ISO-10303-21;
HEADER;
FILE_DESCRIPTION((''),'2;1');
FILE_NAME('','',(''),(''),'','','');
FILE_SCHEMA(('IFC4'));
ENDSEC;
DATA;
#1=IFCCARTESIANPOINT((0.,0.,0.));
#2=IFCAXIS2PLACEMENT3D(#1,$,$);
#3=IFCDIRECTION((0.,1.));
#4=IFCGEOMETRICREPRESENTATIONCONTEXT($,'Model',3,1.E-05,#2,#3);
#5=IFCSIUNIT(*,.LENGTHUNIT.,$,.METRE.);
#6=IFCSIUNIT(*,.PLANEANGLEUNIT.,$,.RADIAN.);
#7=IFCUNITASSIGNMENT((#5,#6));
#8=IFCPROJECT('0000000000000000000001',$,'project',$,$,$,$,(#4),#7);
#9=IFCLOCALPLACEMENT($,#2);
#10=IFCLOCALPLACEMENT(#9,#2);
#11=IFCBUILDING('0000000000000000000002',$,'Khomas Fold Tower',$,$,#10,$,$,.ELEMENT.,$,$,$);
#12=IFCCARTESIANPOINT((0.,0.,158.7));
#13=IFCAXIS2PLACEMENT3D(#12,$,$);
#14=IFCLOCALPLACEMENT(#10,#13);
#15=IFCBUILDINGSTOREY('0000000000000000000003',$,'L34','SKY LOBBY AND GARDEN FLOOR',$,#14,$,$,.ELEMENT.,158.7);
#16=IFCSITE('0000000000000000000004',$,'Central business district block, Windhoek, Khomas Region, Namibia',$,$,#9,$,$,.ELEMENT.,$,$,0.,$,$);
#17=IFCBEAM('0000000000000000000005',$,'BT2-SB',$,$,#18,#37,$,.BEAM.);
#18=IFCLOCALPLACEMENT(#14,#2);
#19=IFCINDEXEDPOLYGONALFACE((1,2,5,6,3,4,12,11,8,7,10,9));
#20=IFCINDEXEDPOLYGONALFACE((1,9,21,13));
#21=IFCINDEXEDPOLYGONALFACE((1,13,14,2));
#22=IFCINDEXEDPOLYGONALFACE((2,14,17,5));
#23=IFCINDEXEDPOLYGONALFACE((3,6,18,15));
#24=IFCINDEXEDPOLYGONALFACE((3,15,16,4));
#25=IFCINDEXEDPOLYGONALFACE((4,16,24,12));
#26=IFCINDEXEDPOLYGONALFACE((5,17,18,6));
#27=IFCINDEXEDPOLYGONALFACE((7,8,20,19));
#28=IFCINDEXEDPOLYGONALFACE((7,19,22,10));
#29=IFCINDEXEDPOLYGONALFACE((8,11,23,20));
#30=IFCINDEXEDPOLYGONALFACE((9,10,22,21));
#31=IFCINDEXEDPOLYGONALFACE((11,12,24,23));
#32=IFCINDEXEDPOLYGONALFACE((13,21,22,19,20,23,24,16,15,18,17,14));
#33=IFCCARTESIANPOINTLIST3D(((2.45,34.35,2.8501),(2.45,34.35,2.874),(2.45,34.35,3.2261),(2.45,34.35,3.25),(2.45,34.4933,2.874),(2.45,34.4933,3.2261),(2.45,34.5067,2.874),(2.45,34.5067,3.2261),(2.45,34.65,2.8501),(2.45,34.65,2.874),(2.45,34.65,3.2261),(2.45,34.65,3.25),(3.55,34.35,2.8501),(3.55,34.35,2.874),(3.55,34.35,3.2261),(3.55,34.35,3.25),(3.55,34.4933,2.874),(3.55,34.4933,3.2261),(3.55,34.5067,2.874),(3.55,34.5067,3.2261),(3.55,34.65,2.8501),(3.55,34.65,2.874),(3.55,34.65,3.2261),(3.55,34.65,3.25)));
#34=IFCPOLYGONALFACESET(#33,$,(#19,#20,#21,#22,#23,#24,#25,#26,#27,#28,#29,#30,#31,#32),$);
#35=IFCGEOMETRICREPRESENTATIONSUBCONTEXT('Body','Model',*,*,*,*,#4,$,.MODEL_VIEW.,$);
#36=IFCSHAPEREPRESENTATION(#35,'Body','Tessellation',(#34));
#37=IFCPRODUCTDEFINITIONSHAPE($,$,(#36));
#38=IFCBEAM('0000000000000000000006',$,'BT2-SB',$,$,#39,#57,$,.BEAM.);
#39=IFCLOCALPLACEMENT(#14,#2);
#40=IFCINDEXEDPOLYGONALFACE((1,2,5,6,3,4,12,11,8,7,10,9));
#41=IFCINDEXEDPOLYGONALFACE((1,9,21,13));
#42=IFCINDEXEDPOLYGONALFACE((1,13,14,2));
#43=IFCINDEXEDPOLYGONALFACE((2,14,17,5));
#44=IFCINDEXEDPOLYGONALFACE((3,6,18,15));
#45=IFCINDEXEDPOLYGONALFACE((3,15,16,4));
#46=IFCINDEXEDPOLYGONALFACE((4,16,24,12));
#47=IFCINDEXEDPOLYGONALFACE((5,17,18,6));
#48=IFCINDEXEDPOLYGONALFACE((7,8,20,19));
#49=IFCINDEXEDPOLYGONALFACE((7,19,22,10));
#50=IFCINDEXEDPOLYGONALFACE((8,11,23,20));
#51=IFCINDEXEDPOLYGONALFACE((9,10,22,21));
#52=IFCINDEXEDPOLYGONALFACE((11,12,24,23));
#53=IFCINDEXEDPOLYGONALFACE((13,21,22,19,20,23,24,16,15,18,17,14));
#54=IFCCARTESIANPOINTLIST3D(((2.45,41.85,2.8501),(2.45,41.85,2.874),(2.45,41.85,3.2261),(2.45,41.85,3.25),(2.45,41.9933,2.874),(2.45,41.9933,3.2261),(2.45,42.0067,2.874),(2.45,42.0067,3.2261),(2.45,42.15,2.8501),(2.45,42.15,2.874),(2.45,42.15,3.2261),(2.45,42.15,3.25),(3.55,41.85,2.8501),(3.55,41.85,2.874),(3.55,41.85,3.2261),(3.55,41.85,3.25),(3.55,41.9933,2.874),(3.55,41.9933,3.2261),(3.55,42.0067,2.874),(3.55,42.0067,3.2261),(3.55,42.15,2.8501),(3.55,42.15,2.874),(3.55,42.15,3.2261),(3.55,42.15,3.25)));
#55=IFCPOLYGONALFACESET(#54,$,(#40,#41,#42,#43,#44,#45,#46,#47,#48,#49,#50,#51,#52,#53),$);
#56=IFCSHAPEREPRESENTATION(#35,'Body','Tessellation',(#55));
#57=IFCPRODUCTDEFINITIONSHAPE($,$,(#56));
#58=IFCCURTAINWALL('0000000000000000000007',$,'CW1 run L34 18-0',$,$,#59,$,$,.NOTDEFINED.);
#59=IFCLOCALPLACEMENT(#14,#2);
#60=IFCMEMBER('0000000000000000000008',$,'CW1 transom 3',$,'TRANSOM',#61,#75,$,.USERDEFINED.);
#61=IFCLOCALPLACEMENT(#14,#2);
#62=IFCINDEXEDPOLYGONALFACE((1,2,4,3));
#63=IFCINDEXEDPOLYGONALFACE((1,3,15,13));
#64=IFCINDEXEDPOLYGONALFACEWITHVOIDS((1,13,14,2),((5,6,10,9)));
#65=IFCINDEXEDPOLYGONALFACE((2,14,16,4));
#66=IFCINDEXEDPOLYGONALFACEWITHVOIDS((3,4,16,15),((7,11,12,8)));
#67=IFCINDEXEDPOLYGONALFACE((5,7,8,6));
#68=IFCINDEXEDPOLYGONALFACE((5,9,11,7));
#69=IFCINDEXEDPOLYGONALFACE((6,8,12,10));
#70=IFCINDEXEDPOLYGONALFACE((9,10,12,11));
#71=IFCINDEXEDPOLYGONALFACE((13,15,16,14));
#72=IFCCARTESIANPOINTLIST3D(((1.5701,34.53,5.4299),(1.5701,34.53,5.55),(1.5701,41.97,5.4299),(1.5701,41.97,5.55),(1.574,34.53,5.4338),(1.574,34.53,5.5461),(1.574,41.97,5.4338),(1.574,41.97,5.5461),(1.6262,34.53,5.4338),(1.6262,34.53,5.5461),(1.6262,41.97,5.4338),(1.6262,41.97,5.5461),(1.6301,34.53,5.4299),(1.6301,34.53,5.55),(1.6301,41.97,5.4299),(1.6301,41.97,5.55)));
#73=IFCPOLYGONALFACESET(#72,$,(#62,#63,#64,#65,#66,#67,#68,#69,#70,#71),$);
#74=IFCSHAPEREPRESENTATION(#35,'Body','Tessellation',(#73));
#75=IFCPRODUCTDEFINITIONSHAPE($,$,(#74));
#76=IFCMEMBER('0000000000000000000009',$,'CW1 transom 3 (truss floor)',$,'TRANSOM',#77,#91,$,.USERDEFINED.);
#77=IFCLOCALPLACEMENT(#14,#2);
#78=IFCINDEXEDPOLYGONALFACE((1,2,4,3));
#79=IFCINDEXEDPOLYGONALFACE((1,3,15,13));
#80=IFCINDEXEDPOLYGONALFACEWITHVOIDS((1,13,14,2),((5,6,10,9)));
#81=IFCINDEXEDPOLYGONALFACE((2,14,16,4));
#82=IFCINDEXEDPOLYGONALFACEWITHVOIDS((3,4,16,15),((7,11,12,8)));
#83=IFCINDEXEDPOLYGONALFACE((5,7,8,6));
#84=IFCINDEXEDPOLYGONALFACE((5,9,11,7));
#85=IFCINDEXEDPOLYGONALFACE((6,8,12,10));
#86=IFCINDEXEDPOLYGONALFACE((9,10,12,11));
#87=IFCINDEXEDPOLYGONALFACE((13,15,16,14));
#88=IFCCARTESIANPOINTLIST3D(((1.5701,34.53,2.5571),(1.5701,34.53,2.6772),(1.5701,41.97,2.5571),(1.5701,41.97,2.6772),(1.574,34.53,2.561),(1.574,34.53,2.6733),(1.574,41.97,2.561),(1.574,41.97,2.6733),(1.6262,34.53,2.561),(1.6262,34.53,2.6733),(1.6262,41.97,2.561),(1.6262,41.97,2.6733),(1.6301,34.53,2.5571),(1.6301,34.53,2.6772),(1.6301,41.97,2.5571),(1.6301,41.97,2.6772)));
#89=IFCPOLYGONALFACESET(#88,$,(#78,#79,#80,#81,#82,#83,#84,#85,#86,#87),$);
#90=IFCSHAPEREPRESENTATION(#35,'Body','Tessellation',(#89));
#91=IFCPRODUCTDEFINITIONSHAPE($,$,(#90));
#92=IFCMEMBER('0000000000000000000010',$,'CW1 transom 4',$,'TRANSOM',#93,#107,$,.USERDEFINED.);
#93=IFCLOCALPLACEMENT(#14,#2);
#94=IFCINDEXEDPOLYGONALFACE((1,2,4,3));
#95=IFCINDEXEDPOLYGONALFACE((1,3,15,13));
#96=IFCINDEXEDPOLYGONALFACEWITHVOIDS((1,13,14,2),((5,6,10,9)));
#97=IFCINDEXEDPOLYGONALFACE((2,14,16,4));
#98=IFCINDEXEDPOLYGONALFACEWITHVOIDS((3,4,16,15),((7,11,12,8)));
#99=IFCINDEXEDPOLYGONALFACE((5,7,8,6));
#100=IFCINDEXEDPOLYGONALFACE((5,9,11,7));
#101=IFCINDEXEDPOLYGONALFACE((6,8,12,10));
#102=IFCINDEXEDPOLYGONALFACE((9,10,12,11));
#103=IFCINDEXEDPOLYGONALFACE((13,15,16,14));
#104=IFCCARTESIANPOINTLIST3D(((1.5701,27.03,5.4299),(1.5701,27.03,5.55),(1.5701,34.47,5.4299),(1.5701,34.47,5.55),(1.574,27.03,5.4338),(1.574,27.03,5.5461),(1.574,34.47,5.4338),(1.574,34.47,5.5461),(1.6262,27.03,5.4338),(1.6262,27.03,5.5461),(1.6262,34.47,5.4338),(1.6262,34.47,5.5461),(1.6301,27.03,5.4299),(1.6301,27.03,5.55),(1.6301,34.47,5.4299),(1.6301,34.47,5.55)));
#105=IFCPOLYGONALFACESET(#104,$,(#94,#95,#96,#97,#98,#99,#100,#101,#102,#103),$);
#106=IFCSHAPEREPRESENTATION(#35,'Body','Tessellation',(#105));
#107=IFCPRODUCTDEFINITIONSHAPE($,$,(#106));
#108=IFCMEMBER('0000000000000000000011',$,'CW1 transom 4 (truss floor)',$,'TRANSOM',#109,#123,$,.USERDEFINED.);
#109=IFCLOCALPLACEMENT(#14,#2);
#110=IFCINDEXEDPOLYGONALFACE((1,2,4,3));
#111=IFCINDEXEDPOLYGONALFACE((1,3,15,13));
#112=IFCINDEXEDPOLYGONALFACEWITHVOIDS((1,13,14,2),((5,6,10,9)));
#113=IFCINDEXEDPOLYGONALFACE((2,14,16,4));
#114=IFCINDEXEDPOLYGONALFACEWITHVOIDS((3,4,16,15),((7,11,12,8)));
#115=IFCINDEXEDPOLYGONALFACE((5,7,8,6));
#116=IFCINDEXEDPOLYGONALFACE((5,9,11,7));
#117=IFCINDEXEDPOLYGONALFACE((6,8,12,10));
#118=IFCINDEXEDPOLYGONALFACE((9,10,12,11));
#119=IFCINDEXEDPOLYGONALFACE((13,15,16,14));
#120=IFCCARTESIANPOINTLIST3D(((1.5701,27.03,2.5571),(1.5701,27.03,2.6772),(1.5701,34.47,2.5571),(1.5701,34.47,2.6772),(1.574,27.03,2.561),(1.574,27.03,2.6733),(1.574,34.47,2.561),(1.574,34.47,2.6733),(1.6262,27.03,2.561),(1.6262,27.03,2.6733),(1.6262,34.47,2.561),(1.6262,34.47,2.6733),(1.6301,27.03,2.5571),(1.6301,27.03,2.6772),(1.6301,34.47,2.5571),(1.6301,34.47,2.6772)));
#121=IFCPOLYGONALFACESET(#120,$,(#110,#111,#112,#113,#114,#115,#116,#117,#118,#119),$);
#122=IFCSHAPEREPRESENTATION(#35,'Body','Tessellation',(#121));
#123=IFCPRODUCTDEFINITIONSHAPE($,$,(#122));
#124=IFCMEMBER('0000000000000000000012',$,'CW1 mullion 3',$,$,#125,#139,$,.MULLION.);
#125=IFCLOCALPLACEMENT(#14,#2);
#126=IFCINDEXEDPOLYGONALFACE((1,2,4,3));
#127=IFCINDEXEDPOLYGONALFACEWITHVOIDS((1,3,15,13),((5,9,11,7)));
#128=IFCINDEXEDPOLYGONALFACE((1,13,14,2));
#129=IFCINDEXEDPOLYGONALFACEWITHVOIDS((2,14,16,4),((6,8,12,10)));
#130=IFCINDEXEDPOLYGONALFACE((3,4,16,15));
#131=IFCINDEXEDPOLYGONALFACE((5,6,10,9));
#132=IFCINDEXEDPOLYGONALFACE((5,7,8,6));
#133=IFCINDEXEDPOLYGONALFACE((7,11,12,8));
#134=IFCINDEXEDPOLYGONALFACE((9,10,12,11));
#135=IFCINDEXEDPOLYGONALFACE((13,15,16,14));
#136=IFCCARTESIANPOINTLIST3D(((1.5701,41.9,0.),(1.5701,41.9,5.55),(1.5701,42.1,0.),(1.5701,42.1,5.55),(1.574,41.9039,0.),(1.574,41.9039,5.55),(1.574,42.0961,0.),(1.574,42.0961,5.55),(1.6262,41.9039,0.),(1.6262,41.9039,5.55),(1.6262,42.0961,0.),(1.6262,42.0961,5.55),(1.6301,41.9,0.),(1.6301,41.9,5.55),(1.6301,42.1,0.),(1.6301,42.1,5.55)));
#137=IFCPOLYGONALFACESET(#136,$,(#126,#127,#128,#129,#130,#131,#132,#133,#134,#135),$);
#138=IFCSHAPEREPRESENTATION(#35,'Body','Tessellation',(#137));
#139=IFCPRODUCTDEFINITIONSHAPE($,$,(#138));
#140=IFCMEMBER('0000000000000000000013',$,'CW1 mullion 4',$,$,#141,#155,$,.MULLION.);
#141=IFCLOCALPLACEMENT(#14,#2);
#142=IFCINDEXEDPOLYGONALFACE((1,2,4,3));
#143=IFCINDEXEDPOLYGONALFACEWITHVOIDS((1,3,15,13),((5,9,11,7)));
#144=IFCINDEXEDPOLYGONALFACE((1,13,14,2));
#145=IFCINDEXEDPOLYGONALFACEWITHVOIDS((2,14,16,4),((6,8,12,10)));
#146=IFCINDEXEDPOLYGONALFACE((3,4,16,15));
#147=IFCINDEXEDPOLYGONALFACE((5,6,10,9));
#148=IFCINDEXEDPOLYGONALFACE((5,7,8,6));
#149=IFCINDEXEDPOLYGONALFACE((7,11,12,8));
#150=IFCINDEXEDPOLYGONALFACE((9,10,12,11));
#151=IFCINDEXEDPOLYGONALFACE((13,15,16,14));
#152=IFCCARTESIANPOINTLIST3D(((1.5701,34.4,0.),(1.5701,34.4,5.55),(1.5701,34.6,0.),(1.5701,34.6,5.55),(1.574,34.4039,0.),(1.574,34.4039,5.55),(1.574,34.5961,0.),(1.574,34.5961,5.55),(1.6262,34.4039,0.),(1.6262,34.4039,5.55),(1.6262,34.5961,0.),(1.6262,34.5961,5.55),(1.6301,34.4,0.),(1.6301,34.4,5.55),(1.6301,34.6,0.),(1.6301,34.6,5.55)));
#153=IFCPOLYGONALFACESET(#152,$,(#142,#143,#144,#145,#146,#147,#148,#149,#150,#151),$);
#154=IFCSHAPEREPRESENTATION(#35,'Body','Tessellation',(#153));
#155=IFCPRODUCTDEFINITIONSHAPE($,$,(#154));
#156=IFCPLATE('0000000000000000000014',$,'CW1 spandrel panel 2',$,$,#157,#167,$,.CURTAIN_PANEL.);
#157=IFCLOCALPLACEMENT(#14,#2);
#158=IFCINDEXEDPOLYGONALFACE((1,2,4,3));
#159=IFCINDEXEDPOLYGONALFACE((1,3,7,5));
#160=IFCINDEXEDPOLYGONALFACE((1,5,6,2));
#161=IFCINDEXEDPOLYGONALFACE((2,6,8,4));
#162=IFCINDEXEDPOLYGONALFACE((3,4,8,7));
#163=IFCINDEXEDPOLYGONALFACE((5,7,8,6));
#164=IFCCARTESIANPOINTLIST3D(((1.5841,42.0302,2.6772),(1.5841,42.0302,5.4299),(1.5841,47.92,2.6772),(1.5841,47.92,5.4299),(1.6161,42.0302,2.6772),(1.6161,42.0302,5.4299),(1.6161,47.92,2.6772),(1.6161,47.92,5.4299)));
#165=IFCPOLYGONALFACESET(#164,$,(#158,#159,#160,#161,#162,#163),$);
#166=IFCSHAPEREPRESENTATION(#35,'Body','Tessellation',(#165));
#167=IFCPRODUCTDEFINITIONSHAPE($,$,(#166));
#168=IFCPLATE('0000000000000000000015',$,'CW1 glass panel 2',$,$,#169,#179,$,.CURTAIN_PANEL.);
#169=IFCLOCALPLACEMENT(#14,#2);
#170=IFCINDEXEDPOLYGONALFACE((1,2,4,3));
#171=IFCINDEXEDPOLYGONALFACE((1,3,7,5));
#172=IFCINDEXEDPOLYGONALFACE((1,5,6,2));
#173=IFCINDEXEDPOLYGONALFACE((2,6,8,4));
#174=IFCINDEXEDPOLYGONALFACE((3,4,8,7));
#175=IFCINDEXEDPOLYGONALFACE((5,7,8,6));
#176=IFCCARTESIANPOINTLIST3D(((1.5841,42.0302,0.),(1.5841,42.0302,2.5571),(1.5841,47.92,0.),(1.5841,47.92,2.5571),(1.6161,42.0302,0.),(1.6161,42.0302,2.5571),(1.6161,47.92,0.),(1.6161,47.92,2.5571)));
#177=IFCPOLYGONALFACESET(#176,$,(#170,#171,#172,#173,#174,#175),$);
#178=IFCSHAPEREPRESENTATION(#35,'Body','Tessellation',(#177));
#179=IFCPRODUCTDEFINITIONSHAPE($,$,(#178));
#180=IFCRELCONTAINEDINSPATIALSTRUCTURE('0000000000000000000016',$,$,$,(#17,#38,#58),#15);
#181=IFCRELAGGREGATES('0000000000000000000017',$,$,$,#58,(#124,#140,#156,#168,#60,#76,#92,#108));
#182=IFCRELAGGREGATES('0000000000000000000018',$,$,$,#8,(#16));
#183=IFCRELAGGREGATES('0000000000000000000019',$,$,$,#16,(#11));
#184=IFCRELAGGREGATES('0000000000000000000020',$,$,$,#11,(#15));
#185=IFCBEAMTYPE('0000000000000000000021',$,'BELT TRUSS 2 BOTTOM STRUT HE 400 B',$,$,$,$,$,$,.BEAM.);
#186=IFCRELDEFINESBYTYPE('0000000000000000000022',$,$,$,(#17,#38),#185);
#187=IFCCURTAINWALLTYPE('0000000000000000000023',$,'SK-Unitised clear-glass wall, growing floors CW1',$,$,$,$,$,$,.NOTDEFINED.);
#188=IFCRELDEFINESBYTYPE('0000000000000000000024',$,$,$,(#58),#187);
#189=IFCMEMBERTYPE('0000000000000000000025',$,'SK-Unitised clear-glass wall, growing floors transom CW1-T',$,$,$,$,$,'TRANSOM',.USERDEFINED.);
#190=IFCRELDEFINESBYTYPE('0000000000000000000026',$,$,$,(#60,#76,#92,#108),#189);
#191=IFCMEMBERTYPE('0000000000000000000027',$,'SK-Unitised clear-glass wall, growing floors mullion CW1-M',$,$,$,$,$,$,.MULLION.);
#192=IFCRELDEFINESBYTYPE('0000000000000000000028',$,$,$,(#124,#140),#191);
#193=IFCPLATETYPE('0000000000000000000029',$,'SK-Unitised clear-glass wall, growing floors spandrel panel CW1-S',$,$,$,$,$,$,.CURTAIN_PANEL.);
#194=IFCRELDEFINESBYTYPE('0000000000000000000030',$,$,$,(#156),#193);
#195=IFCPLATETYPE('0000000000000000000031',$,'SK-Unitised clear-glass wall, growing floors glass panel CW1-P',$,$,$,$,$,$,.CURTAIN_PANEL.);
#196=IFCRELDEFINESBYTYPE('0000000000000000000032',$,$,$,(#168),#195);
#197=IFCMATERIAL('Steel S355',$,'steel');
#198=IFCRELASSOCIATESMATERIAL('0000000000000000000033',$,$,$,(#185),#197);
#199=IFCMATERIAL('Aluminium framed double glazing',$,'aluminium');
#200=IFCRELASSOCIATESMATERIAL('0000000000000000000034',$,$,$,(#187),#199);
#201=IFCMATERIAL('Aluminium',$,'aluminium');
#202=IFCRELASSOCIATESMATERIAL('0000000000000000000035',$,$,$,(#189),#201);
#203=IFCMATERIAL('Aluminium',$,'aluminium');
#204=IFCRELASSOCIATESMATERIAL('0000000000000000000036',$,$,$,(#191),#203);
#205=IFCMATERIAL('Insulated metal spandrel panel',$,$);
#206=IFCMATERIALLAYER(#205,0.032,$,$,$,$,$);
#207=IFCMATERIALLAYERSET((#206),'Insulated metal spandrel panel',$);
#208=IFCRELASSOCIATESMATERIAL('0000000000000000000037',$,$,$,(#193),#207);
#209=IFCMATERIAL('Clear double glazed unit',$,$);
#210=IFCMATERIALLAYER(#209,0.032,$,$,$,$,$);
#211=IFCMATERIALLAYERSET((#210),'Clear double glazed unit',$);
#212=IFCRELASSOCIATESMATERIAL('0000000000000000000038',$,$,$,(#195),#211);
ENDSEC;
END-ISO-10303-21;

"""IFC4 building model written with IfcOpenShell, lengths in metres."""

from ifc_helpers import new_model, si_unit, direction, frame, origin, origin_2d, place, context, subcontext, project, spatial, rectangle, hollow_rectangle, i_section, extrude, source, transform, mapped, material, layer, layer_set, material_profile, profile_set, type_object, element, aggregate, save


model = new_model("IFC4")

# Units and contexts
model_context = context("Model", 3, precision=1e-05, world=origin(), true_north=direction((0.0, 1.0)))
body_context = subcontext(model_context, "Body", "Model", "MODEL_VIEW")
ifc_project = project(units=[si_unit("LENGTHUNIT", "METRE"), si_unit("PLANEANGLEUNIT", "RADIAN")], contexts=[model_context])

# Site, building, storey
site_placement = place(None, origin())
site = spatial("IfcSite", under=ifc_project, at=site_placement, Name="Central business district block, Windhoek, Khomas Region, Namibia", CompositionType="ELEMENT", RefElevation=0.0)
building_placement = place(site_placement, origin())
building = spatial("IfcBuilding", under=site, at=building_placement, Name="Khomas Fold Tower", CompositionType="ELEMENT")
storey_placement = place(building_placement, frame((0.0, 0.0, 158.7)))
storey = spatial("IfcBuildingStorey", under=building, at=storey_placement, Name="L34", Description="SKY LOBBY AND GARDEN FLOOR", CompositionType="ELEMENT", Elevation=158.7)

# Beams
ifc_material_1 = material(Name="Steel S355", Category="steel")
ifc_material_profile_1 = material_profile(ifc_material_1, i_section(OverallWidth=0.3, OverallDepth=0.3999, WebThickness=0.0134, FlangeThickness=0.0239, at=origin_2d()), Name="HE 400 B")
ifc_profile_set_1 = profile_set([ifc_material_profile_1], Name="Steel S355")
beam_type_1 = type_object("IfcBeamType", Name="BELT TRUSS 2 BOTTOM STRUT HE 400 B", PredefinedType="BEAM", material=ifc_profile_set_1)
shared_shape_1 = source(origin(), body_context, "Body", "SweptSolid", [
    extrude(i_section(OverallWidth=0.3, OverallDepth=0.3999, WebThickness=0.0134, FlangeThickness=0.0239, at=origin_2d()), origin(), (0.0, 0.0, 1.0), 1.1001),
])
for number, where, z_axis, x_axis, name in (
    (1, (3.55, 34.5, 3.05), (-1.0, 0.0, 0.0), (0.0, -1.0, 0.0), "BT2-SB"),
    (2, (3.55, 42.0, 3.05), (-1.0, 0.0, 0.0), (0.0, -1.0, 0.0), "BT2-SB"),
):
    element("IfcBeam", number, at=place(storey_placement, frame(where, z_axis=z_axis, x_axis=x_axis)), inside=storey, type_object=beam_type_1, Name=name, PredefinedType="BEAM", context=body_context, shape_type="MappedRepresentation", body=[
        mapped(shared_shape_1, transform((0.0, 0.0, 0.0))),
    ])

# Curtain wall, members, plates
ifc_material_2 = material(Name="Aluminium framed double glazing", Category="aluminium")
curtain_wall_type = type_object("IfcCurtainWallType", Name="SK-Unitised clear-glass wall, growing floors CW1", PredefinedType="NOTDEFINED", material=ifc_material_2)
curtain_wall_placement = place(storey_placement, origin())
curtain_wall = element("IfcCurtainWall", 3, at=curtain_wall_placement, inside=storey, type_object=curtain_wall_type, Name="CW1 run L34 18-0", PredefinedType="NOTDEFINED")
ifc_material_3 = material(Name="Aluminium", Category="aluminium")
ifc_material_profile_2 = material_profile(ifc_material_3, hollow_rectangle(XDim=0.0601, YDim=0.1201, WallThickness=0.0039, at=origin_2d()), Name="SK-Unitised clear-glass wall, growing floors transom CW1-T")
ifc_profile_set_2 = profile_set([ifc_material_profile_2], Name="Aluminium")
member_type_1 = type_object("IfcMemberType", Name="SK-Unitised clear-glass wall, growing floors transom CW1-T", ElementType="TRANSOM", PredefinedType="USERDEFINED", material=ifc_profile_set_2)
shared_shape_2 = source(origin(), body_context, "Body", "SweptSolid", [
    extrude(hollow_rectangle(XDim=0.0601, YDim=0.1201, WallThickness=0.0039, at=origin_2d()), origin(), (0.0, 0.0, 1.0), 7.4399),
])
member_1_placement = place(storey_placement, frame((1.6001, 41.97, 5.49), z_axis=(0.0, -1.0, 0.0), x_axis=(1.0, 0.0, 0.0)))
member_1 = element("IfcMember", 4, at=member_1_placement, type_object=member_type_1, Name="CW1 transom 3", ObjectType="TRANSOM", PredefinedType="USERDEFINED", context=body_context, shape_type="MappedRepresentation", body=[
    mapped(shared_shape_2, transform((0.0, 0.0, 0.0))),
])
member_2_placement = place(storey_placement, frame((1.6001, 41.97, 2.6172), z_axis=(0.0, -1.0, 0.0), x_axis=(1.0, 0.0, 0.0)))
member_2 = element("IfcMember", 5, at=member_2_placement, type_object=member_type_1, Name="CW1 transom 3 (truss floor)", ObjectType="TRANSOM", PredefinedType="USERDEFINED", context=body_context, shape_type="MappedRepresentation", body=[
    mapped(shared_shape_2, transform((0.0, 0.0, 0.0))),
])
member_3_placement = place(storey_placement, frame((1.6001, 34.47, 5.49), z_axis=(0.0, -1.0, 0.0), x_axis=(1.0, 0.0, 0.0)))
member_3 = element("IfcMember", 6, at=member_3_placement, type_object=member_type_1, Name="CW1 transom 4", ObjectType="TRANSOM", PredefinedType="USERDEFINED", context=body_context, shape_type="MappedRepresentation", body=[
    mapped(shared_shape_2, transform((0.0, 0.0, 0.0))),
])
member_4_placement = place(storey_placement, frame((1.6001, 34.47, 2.6172), z_axis=(0.0, -1.0, 0.0), x_axis=(1.0, 0.0, 0.0)))
member_4 = element("IfcMember", 7, at=member_4_placement, type_object=member_type_1, Name="CW1 transom 4 (truss floor)", ObjectType="TRANSOM", PredefinedType="USERDEFINED", context=body_context, shape_type="MappedRepresentation", body=[
    mapped(shared_shape_2, transform((0.0, 0.0, 0.0))),
])
ifc_material_4 = material(Name="Aluminium", Category="aluminium")
ifc_material_profile_3 = material_profile(ifc_material_4, hollow_rectangle(XDim=0.0601, YDim=0.2, WallThickness=0.0039, at=origin_2d()), Name="SK-Unitised clear-glass wall, growing floors mullion CW1-M")
ifc_profile_set_3 = profile_set([ifc_material_profile_3], Name="Aluminium")
member_type_2 = type_object("IfcMemberType", Name="SK-Unitised clear-glass wall, growing floors mullion CW1-M", PredefinedType="MULLION", material=ifc_profile_set_3)
shared_shape_3 = source(origin(), body_context, "Body", "SweptSolid", [
    extrude(hollow_rectangle(XDim=0.0601, YDim=0.2, WallThickness=0.0039, at=origin_2d()), origin(), (0.0, 0.0, 1.0), 5.55),
])
member_5_placement = place(storey_placement, frame((1.6001, 42.0, 0.0), z_axis=(0.0, 0.0, 1.0), x_axis=(1.0, 0.0, 0.0)))
member_5 = element("IfcMember", 8, at=member_5_placement, type_object=member_type_2, Name="CW1 mullion 3", PredefinedType="MULLION", context=body_context, shape_type="MappedRepresentation", body=[
    mapped(shared_shape_3, transform((0.0, 0.0, 0.0))),
])
member_6_placement = place(storey_placement, frame((1.6001, 34.5, 0.0), z_axis=(0.0, 0.0, 1.0), x_axis=(1.0, 0.0, 0.0)))
member_6 = element("IfcMember", 9, at=member_6_placement, type_object=member_type_2, Name="CW1 mullion 4", PredefinedType="MULLION", context=body_context, shape_type="MappedRepresentation", body=[
    mapped(shared_shape_3, transform((0.0, 0.0, 0.0))),
])
ifc_material_5 = material(Name="Insulated metal spandrel panel")
ifc_layer_1 = layer(ifc_material_5, 0.032)
ifc_layer_set_1 = layer_set([ifc_layer_1], Name="Insulated metal spandrel panel")
plate_type_1 = type_object("IfcPlateType", Name="SK-Unitised clear-glass wall, growing floors spandrel panel CW1-S", PredefinedType="CURTAIN_PANEL", material=ifc_layer_set_1)
shared_shape_4 = source(origin(), body_context, "Body", "SweptSolid", [
    extrude(rectangle(XDim=5.8899, YDim=0.032, at=origin_2d()), origin(), (0.0, 0.0, 1.0), 2.7527),
])
plate_1_placement = place(storey_placement, frame((1.6001, 44.9751, 2.6772), z_axis=(0.0, 0.0, 1.0), x_axis=(0.0, -1.0, 0.0)))
plate_1 = element("IfcPlate", 10, at=plate_1_placement, type_object=plate_type_1, Name="CW1 spandrel panel 2", PredefinedType="CURTAIN_PANEL", context=body_context, shape_type="MappedRepresentation", body=[
    mapped(shared_shape_4, transform((0.0, 0.0, 0.0))),
])
ifc_material_6 = material(Name="Clear double glazed unit")
ifc_layer_2 = layer(ifc_material_6, 0.032)
ifc_layer_set_2 = layer_set([ifc_layer_2], Name="Clear double glazed unit")
plate_type_2 = type_object("IfcPlateType", Name="SK-Unitised clear-glass wall, growing floors glass panel CW1-P", PredefinedType="CURTAIN_PANEL", material=ifc_layer_set_2)
shared_shape_5 = source(origin(), body_context, "Body", "SweptSolid", [
    extrude(rectangle(XDim=5.8899, YDim=0.032, at=origin_2d()), origin(), (0.0, 0.0, 1.0), 2.5571),
])
plate_2_placement = place(storey_placement, frame((1.6001, 44.9751, 0.0), z_axis=(0.0, 0.0, 1.0), x_axis=(0.0, -1.0, 0.0)))
plate_2 = element("IfcPlate", 11, at=plate_2_placement, type_object=plate_type_2, Name="CW1 glass panel 2", PredefinedType="CURTAIN_PANEL", context=body_context, shape_type="MappedRepresentation", body=[
    mapped(shared_shape_5, transform((0.0, 0.0, 0.0))),
])
aggregate(curtain_wall, [member_5, member_6, plate_1, plate_2, member_1, member_2, member_3, member_4])

save(model, "model.ifc")
